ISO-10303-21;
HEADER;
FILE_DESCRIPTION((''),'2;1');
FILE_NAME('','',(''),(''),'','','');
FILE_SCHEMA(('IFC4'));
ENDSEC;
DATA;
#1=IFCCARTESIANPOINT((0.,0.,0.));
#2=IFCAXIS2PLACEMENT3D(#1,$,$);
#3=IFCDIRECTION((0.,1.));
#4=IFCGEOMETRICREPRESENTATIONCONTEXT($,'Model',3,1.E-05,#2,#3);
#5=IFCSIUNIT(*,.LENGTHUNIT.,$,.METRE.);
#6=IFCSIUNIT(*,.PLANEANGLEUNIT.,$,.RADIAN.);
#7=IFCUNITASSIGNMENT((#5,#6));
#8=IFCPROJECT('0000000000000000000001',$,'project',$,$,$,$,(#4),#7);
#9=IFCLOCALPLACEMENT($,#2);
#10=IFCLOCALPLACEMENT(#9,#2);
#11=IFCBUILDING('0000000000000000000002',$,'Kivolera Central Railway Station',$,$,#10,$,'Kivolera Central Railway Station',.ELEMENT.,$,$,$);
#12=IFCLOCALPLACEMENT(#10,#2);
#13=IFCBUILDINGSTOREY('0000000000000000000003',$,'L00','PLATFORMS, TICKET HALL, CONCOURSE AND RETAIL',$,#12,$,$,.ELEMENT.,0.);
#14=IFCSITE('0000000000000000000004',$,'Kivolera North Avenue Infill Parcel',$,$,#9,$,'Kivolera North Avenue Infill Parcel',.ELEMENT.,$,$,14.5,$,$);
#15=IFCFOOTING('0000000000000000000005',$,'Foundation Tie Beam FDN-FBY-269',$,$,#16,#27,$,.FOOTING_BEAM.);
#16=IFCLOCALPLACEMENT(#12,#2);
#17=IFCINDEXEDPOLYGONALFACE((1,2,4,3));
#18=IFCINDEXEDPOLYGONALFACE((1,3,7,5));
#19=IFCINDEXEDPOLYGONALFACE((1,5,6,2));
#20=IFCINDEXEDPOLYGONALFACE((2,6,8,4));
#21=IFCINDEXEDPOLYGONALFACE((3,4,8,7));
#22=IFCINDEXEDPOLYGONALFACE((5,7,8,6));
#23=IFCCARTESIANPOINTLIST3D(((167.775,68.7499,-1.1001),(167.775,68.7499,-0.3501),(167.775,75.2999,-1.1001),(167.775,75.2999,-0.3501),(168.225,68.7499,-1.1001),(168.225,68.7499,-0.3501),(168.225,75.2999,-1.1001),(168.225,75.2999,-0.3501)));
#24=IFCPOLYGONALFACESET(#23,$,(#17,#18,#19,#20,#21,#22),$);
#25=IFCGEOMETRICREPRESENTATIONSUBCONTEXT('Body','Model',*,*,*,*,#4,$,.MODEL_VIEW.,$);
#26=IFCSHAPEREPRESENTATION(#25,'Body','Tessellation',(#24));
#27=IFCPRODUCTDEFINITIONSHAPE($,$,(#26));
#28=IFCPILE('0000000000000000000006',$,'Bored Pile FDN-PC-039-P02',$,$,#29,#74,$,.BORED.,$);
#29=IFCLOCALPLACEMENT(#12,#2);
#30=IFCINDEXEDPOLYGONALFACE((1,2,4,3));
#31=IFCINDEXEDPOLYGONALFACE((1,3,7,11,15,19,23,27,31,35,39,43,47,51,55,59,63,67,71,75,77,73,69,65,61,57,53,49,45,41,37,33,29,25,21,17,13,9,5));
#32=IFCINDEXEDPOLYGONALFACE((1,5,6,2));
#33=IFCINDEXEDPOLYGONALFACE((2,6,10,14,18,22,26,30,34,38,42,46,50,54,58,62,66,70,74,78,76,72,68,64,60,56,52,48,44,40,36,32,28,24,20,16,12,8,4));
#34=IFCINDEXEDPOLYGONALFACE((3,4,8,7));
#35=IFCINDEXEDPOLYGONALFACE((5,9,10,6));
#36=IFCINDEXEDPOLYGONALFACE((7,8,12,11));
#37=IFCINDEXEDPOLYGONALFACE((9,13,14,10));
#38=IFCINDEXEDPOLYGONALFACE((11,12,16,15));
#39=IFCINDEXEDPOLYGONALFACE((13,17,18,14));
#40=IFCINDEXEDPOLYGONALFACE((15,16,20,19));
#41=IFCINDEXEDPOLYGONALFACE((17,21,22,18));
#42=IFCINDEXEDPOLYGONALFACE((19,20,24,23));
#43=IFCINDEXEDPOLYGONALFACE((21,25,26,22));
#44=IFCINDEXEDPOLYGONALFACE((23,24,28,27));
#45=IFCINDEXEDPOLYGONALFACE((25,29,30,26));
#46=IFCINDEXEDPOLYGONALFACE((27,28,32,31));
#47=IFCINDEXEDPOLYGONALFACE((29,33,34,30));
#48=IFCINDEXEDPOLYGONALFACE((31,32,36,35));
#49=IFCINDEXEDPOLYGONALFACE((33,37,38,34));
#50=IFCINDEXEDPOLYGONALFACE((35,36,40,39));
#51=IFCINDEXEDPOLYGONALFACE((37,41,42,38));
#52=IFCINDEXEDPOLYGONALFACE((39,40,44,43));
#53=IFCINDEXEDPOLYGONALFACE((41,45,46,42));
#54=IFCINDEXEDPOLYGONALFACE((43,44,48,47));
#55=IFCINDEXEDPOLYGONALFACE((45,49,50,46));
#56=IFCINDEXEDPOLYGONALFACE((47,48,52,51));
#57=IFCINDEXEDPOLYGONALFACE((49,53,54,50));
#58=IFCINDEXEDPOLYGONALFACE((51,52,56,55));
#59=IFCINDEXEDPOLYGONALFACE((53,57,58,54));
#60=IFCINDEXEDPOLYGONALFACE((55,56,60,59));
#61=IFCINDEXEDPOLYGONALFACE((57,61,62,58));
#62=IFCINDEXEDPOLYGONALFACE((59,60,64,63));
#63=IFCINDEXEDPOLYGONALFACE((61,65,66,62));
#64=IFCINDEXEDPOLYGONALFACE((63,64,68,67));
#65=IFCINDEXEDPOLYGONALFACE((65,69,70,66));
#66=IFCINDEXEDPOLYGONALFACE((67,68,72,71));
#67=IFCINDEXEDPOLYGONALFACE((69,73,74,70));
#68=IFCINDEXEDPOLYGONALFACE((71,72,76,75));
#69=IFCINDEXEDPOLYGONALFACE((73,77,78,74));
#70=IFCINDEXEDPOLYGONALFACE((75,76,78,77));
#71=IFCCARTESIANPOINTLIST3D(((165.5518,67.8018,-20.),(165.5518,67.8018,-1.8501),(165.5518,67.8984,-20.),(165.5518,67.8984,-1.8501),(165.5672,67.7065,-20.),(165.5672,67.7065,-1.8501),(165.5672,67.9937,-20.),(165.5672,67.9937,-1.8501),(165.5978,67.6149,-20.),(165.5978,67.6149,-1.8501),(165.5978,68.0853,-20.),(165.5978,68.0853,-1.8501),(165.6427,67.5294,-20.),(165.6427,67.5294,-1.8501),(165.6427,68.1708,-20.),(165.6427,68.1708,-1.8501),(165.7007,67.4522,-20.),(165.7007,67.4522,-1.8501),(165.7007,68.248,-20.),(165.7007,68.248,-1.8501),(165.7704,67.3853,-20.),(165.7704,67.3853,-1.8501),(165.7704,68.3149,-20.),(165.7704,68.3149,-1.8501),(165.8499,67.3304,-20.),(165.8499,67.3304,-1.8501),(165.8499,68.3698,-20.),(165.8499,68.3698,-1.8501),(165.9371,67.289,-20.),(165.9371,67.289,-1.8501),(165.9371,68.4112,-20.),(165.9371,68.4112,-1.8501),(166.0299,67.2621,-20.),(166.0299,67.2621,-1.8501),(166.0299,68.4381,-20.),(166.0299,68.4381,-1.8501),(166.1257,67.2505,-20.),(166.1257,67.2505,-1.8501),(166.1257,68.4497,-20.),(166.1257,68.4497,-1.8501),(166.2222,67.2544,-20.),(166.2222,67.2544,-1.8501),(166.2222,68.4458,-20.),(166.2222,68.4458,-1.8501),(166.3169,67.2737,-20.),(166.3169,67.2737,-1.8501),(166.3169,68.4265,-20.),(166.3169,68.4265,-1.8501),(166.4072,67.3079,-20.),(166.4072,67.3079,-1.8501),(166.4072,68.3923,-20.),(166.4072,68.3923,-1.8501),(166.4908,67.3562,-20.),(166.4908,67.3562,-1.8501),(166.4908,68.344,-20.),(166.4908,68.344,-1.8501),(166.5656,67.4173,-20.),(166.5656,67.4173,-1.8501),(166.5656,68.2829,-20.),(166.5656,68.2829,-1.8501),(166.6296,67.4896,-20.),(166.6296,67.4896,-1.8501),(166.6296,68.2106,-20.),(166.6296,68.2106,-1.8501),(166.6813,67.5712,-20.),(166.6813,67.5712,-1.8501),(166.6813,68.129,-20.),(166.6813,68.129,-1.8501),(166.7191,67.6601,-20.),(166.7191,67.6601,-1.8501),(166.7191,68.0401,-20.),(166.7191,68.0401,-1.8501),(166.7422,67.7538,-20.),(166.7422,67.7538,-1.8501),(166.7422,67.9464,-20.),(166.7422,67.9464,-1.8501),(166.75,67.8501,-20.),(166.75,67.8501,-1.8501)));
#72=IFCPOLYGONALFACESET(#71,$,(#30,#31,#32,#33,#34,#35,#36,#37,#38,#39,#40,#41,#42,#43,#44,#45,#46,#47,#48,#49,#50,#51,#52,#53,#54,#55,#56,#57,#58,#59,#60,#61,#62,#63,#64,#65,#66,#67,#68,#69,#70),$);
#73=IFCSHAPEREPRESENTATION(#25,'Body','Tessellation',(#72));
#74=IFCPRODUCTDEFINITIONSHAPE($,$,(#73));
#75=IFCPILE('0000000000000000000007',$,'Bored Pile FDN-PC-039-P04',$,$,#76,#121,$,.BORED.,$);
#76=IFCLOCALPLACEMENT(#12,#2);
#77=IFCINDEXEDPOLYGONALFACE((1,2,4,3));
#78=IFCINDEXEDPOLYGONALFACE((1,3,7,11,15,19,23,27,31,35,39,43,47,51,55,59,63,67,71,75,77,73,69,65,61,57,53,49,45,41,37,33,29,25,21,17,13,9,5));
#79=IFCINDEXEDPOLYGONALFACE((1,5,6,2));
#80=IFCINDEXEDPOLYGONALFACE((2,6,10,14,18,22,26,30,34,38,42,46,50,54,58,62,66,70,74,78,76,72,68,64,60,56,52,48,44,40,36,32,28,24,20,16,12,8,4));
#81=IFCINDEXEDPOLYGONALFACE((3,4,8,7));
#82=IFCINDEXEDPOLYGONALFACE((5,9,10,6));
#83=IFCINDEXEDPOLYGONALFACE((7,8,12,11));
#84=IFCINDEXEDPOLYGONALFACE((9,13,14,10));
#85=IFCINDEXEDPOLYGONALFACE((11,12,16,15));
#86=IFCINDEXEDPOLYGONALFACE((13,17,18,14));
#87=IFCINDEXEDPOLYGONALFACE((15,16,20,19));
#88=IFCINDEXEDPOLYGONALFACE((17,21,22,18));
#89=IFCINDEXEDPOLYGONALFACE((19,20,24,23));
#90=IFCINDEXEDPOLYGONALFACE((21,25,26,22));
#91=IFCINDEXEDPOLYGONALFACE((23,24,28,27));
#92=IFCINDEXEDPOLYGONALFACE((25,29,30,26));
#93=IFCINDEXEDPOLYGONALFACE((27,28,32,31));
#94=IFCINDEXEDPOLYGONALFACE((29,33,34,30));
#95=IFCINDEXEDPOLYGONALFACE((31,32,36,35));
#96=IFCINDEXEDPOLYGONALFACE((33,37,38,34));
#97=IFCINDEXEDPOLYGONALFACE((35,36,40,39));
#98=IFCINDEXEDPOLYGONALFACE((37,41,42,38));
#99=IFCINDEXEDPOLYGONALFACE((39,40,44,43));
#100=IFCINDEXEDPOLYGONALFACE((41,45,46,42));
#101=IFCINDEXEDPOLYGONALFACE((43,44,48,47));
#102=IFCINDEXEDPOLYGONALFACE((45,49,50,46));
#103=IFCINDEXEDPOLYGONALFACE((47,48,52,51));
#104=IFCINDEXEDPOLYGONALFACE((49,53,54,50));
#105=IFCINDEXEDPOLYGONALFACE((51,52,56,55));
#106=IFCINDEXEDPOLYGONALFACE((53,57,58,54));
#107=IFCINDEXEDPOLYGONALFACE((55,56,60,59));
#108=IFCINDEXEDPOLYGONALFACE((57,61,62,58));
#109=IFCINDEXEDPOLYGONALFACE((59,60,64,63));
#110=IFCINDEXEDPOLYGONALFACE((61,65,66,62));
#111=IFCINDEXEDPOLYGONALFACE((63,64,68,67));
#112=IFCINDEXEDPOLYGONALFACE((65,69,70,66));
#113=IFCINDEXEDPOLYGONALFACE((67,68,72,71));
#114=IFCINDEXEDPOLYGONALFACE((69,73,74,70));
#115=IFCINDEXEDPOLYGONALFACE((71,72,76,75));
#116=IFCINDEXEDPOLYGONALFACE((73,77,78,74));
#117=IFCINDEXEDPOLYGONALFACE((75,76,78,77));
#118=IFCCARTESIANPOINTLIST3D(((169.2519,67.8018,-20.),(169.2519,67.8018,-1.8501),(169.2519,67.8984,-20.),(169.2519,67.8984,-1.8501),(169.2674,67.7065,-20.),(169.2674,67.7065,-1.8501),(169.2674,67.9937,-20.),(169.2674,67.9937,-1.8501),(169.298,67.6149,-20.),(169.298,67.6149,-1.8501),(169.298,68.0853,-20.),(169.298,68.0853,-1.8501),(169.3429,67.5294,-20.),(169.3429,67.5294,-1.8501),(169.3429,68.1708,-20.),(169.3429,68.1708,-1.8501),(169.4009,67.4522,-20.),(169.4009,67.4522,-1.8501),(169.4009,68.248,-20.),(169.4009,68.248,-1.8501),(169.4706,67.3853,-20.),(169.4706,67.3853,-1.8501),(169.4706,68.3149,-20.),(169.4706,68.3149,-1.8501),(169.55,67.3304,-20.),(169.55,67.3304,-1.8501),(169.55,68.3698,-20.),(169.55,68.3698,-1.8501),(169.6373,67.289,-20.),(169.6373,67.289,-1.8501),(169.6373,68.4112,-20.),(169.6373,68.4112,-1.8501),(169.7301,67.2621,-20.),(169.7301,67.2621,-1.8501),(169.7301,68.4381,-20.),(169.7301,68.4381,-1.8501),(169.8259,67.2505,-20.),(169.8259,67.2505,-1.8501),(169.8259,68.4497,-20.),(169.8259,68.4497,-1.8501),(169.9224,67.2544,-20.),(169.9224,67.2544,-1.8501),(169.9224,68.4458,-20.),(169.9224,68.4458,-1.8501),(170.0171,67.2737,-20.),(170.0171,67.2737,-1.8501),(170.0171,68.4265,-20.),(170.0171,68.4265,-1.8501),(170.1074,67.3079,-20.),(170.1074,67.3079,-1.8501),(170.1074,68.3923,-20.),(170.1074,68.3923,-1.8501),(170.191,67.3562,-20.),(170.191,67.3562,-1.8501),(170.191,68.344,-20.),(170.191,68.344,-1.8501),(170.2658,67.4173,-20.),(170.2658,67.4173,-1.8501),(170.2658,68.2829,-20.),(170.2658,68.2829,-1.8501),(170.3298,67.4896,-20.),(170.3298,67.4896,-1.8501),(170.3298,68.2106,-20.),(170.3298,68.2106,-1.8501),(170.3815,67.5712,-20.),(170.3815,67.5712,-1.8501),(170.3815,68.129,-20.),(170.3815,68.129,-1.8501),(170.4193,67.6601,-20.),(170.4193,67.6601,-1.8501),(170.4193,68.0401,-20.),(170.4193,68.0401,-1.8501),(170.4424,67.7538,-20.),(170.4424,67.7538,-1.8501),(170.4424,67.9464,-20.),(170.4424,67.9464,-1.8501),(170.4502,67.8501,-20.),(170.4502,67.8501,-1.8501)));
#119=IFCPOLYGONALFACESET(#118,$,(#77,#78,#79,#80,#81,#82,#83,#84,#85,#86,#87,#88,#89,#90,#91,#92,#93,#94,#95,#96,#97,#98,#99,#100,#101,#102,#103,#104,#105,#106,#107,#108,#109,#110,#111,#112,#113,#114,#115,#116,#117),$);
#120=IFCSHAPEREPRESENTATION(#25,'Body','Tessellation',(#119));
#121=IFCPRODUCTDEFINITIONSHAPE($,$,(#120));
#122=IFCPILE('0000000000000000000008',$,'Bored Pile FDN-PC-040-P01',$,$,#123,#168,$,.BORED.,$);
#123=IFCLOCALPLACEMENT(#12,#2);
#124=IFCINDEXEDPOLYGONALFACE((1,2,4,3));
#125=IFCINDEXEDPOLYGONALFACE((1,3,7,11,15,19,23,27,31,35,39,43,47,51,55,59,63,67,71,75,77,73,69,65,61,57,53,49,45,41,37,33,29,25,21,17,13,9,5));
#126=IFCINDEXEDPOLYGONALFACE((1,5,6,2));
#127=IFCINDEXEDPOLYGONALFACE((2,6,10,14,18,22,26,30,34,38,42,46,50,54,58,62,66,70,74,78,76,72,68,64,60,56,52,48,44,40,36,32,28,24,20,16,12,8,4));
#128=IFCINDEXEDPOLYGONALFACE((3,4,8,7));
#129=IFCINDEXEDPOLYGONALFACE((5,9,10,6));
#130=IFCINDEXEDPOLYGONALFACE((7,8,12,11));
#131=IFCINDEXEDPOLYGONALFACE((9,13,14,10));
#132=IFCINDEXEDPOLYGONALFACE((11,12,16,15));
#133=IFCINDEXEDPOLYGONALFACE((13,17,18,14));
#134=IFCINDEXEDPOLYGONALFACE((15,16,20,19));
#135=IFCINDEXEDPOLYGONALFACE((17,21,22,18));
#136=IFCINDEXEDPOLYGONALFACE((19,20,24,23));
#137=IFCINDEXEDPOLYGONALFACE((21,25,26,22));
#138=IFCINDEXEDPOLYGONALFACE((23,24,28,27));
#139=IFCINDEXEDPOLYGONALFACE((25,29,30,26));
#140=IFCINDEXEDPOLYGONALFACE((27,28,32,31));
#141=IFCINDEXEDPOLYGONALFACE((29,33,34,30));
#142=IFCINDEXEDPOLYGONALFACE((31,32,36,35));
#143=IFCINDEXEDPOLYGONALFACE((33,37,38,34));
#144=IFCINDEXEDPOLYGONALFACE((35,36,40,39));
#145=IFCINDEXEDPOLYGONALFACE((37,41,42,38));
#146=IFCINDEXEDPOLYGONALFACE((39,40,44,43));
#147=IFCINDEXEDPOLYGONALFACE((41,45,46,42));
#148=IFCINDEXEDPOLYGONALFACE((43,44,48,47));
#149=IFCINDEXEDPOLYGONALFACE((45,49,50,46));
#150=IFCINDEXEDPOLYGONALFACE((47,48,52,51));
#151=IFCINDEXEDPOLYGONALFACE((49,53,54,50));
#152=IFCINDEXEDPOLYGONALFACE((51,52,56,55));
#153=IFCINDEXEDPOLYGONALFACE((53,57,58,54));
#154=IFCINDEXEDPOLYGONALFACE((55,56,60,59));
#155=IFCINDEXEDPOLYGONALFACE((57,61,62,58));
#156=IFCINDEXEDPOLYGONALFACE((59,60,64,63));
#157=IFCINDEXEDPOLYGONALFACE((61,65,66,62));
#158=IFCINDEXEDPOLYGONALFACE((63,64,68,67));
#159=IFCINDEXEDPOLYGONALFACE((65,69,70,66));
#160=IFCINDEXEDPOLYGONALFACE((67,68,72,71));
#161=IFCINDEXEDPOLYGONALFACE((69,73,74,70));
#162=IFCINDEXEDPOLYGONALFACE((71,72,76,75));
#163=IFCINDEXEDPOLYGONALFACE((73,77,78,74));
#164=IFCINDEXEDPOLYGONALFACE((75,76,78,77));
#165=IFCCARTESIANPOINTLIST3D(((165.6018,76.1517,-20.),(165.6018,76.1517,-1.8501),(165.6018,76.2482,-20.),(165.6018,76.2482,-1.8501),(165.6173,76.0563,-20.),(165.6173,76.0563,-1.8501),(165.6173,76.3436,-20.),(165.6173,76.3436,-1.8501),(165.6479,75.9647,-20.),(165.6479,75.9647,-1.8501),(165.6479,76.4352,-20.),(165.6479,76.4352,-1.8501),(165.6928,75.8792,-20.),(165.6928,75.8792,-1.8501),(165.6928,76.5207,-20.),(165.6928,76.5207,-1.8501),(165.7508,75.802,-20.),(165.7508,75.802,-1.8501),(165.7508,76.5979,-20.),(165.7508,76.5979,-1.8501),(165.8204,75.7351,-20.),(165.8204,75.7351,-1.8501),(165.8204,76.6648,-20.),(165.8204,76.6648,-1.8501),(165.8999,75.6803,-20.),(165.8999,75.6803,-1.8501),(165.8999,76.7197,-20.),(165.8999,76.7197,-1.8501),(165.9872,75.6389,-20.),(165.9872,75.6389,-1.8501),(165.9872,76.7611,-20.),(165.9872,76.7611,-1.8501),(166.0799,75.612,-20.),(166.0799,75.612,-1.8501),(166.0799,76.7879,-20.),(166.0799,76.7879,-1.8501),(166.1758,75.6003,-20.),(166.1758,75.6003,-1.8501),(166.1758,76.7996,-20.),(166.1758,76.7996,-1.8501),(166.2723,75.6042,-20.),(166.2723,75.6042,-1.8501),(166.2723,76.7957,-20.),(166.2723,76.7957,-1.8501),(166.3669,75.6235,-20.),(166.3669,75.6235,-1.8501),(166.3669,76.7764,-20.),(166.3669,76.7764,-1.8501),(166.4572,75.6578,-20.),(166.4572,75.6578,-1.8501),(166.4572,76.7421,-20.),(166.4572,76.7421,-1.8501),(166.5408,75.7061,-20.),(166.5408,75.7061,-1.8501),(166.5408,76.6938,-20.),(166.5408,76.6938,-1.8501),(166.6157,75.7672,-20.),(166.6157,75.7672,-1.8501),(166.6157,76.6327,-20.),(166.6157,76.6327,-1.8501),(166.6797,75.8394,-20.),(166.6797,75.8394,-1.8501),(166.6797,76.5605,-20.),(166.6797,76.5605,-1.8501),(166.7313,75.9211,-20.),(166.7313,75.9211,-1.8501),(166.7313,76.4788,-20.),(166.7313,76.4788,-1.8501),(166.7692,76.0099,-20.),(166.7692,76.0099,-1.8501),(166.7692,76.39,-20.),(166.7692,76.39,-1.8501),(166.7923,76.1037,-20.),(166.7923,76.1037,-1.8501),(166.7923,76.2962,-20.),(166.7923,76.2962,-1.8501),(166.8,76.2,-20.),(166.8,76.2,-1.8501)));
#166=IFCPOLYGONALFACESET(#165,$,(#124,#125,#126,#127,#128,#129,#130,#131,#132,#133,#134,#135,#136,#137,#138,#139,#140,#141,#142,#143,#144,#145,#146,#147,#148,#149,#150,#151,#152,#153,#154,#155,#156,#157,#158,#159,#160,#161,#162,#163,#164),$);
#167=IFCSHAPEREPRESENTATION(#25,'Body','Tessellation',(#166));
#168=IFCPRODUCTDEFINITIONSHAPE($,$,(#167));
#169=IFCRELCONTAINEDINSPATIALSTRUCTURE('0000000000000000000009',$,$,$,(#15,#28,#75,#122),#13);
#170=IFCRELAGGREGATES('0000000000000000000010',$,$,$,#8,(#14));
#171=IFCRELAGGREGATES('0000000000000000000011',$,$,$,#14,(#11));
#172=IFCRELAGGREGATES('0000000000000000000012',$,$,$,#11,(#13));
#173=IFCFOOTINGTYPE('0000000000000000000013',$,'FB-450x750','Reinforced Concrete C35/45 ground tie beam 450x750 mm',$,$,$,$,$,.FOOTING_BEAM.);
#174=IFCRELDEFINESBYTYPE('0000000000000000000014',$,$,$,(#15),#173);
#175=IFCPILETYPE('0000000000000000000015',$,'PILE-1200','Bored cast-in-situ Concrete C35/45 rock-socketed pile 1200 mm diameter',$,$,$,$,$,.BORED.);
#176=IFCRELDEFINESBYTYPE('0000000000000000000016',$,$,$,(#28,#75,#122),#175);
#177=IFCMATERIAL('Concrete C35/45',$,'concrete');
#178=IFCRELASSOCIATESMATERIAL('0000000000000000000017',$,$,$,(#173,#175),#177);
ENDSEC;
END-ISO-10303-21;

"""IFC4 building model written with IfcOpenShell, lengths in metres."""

from ifc_helpers import new_model, si_unit, direction, frame, origin, origin_2d, place, context, subcontext, project, spatial, rectangle, circle, extrude, material, material_profile, profile_set, type_object, element, save


model = new_model("IFC4")

# Units and contexts
model_context = context("Model", 3, precision=1e-05, world=origin(), true_north=direction((0.0, 1.0)))
body_context = subcontext(model_context, "Body", "Model", "MODEL_VIEW")
ifc_project = project(units=[si_unit("LENGTHUNIT", "METRE"), si_unit("PLANEANGLEUNIT", "RADIAN")], contexts=[model_context])

# Site, building, storey
site_placement = place(None, origin())
site = spatial("IfcSite", under=ifc_project, at=site_placement, Name="Kivolera North Avenue Infill Parcel", LongName="Kivolera North Avenue Infill Parcel", CompositionType="ELEMENT", RefElevation=14.5)
building_placement = place(site_placement, origin())
building = spatial("IfcBuilding", under=site, at=building_placement, Name="Kivolera Central Railway Station", LongName="Kivolera Central Railway Station", CompositionType="ELEMENT")
storey_placement = place(building_placement, origin())
storey = spatial("IfcBuildingStorey", under=building, at=storey_placement, Name="L00", Description="PLATFORMS, TICKET HALL, CONCOURSE AND RETAIL", CompositionType="ELEMENT", Elevation=0.0)

# Footing
ifc_material_1 = material(Name="Concrete C35/45", Category="concrete")
footing_type = type_object("IfcFootingType", Name="FB-450x750", Description="Reinforced Concrete C35/45 ground tie beam 450x750 mm", PredefinedType="FOOTING_BEAM", material=ifc_material_1)
footing_placement = place(storey_placement, frame((168.0, 72.0249, -1.1001), z_axis=(0.0, 0.0, 1.0), x_axis=(1.0, 0.0, 0.0)))
element("IfcFooting", 1, at=footing_placement, inside=storey, type_object=footing_type, Name="Foundation Tie Beam FDN-FBY-269", PredefinedType="FOOTING_BEAM", context=body_context, shape_type="SweptSolid", body=[
    extrude(rectangle(XDim=0.45, YDim=6.55, at=origin_2d()), origin(), (0.0, 0.0, 1.0), 0.75),
])

# Piles
ifc_material_profile_1 = material_profile(ifc_material_1, circle(Radius=0.6001, at=origin_2d()), Name="PILE D1200")
ifc_profile_set_1 = profile_set([ifc_material_profile_1], Name="Concrete C35/45")
pile_type = type_object("IfcPileType", Name="PILE-1200", Description="Bored cast-in-situ Concrete C35/45 rock-socketed pile 1200 mm diameter", PredefinedType="BORED", material=ifc_profile_set_1)
for number, where, z_axis, x_axis, name in (
    (2, (166.1499, 67.8501, -1.8501), (0.0, 0.0, -1.0), (1.0, 0.0, 0.0), "Bored Pile FDN-PC-039-P02"),
    (3, (169.8501, 67.8501, -1.8501), (0.0, 0.0, -1.0), (1.0, 0.0, 0.0), "Bored Pile FDN-PC-039-P04"),
    (4, (166.2, 76.2, -1.8501), (0.0, 0.0, -1.0), (1.0, 0.0, 0.0), "Bored Pile FDN-PC-040-P01"),
):
    element("IfcPile", number, at=place(storey_placement, frame(where, z_axis=z_axis, x_axis=x_axis)), inside=storey, type_object=pile_type, Name=name, PredefinedType="BORED", context=body_context, shape_type="SweptSolid", body=[
        extrude(circle(Radius=0.6001, at=origin_2d()), origin(), (0.0, 0.0, 1.0), 18.1499),
    ])

save(model, "model.ifc")
